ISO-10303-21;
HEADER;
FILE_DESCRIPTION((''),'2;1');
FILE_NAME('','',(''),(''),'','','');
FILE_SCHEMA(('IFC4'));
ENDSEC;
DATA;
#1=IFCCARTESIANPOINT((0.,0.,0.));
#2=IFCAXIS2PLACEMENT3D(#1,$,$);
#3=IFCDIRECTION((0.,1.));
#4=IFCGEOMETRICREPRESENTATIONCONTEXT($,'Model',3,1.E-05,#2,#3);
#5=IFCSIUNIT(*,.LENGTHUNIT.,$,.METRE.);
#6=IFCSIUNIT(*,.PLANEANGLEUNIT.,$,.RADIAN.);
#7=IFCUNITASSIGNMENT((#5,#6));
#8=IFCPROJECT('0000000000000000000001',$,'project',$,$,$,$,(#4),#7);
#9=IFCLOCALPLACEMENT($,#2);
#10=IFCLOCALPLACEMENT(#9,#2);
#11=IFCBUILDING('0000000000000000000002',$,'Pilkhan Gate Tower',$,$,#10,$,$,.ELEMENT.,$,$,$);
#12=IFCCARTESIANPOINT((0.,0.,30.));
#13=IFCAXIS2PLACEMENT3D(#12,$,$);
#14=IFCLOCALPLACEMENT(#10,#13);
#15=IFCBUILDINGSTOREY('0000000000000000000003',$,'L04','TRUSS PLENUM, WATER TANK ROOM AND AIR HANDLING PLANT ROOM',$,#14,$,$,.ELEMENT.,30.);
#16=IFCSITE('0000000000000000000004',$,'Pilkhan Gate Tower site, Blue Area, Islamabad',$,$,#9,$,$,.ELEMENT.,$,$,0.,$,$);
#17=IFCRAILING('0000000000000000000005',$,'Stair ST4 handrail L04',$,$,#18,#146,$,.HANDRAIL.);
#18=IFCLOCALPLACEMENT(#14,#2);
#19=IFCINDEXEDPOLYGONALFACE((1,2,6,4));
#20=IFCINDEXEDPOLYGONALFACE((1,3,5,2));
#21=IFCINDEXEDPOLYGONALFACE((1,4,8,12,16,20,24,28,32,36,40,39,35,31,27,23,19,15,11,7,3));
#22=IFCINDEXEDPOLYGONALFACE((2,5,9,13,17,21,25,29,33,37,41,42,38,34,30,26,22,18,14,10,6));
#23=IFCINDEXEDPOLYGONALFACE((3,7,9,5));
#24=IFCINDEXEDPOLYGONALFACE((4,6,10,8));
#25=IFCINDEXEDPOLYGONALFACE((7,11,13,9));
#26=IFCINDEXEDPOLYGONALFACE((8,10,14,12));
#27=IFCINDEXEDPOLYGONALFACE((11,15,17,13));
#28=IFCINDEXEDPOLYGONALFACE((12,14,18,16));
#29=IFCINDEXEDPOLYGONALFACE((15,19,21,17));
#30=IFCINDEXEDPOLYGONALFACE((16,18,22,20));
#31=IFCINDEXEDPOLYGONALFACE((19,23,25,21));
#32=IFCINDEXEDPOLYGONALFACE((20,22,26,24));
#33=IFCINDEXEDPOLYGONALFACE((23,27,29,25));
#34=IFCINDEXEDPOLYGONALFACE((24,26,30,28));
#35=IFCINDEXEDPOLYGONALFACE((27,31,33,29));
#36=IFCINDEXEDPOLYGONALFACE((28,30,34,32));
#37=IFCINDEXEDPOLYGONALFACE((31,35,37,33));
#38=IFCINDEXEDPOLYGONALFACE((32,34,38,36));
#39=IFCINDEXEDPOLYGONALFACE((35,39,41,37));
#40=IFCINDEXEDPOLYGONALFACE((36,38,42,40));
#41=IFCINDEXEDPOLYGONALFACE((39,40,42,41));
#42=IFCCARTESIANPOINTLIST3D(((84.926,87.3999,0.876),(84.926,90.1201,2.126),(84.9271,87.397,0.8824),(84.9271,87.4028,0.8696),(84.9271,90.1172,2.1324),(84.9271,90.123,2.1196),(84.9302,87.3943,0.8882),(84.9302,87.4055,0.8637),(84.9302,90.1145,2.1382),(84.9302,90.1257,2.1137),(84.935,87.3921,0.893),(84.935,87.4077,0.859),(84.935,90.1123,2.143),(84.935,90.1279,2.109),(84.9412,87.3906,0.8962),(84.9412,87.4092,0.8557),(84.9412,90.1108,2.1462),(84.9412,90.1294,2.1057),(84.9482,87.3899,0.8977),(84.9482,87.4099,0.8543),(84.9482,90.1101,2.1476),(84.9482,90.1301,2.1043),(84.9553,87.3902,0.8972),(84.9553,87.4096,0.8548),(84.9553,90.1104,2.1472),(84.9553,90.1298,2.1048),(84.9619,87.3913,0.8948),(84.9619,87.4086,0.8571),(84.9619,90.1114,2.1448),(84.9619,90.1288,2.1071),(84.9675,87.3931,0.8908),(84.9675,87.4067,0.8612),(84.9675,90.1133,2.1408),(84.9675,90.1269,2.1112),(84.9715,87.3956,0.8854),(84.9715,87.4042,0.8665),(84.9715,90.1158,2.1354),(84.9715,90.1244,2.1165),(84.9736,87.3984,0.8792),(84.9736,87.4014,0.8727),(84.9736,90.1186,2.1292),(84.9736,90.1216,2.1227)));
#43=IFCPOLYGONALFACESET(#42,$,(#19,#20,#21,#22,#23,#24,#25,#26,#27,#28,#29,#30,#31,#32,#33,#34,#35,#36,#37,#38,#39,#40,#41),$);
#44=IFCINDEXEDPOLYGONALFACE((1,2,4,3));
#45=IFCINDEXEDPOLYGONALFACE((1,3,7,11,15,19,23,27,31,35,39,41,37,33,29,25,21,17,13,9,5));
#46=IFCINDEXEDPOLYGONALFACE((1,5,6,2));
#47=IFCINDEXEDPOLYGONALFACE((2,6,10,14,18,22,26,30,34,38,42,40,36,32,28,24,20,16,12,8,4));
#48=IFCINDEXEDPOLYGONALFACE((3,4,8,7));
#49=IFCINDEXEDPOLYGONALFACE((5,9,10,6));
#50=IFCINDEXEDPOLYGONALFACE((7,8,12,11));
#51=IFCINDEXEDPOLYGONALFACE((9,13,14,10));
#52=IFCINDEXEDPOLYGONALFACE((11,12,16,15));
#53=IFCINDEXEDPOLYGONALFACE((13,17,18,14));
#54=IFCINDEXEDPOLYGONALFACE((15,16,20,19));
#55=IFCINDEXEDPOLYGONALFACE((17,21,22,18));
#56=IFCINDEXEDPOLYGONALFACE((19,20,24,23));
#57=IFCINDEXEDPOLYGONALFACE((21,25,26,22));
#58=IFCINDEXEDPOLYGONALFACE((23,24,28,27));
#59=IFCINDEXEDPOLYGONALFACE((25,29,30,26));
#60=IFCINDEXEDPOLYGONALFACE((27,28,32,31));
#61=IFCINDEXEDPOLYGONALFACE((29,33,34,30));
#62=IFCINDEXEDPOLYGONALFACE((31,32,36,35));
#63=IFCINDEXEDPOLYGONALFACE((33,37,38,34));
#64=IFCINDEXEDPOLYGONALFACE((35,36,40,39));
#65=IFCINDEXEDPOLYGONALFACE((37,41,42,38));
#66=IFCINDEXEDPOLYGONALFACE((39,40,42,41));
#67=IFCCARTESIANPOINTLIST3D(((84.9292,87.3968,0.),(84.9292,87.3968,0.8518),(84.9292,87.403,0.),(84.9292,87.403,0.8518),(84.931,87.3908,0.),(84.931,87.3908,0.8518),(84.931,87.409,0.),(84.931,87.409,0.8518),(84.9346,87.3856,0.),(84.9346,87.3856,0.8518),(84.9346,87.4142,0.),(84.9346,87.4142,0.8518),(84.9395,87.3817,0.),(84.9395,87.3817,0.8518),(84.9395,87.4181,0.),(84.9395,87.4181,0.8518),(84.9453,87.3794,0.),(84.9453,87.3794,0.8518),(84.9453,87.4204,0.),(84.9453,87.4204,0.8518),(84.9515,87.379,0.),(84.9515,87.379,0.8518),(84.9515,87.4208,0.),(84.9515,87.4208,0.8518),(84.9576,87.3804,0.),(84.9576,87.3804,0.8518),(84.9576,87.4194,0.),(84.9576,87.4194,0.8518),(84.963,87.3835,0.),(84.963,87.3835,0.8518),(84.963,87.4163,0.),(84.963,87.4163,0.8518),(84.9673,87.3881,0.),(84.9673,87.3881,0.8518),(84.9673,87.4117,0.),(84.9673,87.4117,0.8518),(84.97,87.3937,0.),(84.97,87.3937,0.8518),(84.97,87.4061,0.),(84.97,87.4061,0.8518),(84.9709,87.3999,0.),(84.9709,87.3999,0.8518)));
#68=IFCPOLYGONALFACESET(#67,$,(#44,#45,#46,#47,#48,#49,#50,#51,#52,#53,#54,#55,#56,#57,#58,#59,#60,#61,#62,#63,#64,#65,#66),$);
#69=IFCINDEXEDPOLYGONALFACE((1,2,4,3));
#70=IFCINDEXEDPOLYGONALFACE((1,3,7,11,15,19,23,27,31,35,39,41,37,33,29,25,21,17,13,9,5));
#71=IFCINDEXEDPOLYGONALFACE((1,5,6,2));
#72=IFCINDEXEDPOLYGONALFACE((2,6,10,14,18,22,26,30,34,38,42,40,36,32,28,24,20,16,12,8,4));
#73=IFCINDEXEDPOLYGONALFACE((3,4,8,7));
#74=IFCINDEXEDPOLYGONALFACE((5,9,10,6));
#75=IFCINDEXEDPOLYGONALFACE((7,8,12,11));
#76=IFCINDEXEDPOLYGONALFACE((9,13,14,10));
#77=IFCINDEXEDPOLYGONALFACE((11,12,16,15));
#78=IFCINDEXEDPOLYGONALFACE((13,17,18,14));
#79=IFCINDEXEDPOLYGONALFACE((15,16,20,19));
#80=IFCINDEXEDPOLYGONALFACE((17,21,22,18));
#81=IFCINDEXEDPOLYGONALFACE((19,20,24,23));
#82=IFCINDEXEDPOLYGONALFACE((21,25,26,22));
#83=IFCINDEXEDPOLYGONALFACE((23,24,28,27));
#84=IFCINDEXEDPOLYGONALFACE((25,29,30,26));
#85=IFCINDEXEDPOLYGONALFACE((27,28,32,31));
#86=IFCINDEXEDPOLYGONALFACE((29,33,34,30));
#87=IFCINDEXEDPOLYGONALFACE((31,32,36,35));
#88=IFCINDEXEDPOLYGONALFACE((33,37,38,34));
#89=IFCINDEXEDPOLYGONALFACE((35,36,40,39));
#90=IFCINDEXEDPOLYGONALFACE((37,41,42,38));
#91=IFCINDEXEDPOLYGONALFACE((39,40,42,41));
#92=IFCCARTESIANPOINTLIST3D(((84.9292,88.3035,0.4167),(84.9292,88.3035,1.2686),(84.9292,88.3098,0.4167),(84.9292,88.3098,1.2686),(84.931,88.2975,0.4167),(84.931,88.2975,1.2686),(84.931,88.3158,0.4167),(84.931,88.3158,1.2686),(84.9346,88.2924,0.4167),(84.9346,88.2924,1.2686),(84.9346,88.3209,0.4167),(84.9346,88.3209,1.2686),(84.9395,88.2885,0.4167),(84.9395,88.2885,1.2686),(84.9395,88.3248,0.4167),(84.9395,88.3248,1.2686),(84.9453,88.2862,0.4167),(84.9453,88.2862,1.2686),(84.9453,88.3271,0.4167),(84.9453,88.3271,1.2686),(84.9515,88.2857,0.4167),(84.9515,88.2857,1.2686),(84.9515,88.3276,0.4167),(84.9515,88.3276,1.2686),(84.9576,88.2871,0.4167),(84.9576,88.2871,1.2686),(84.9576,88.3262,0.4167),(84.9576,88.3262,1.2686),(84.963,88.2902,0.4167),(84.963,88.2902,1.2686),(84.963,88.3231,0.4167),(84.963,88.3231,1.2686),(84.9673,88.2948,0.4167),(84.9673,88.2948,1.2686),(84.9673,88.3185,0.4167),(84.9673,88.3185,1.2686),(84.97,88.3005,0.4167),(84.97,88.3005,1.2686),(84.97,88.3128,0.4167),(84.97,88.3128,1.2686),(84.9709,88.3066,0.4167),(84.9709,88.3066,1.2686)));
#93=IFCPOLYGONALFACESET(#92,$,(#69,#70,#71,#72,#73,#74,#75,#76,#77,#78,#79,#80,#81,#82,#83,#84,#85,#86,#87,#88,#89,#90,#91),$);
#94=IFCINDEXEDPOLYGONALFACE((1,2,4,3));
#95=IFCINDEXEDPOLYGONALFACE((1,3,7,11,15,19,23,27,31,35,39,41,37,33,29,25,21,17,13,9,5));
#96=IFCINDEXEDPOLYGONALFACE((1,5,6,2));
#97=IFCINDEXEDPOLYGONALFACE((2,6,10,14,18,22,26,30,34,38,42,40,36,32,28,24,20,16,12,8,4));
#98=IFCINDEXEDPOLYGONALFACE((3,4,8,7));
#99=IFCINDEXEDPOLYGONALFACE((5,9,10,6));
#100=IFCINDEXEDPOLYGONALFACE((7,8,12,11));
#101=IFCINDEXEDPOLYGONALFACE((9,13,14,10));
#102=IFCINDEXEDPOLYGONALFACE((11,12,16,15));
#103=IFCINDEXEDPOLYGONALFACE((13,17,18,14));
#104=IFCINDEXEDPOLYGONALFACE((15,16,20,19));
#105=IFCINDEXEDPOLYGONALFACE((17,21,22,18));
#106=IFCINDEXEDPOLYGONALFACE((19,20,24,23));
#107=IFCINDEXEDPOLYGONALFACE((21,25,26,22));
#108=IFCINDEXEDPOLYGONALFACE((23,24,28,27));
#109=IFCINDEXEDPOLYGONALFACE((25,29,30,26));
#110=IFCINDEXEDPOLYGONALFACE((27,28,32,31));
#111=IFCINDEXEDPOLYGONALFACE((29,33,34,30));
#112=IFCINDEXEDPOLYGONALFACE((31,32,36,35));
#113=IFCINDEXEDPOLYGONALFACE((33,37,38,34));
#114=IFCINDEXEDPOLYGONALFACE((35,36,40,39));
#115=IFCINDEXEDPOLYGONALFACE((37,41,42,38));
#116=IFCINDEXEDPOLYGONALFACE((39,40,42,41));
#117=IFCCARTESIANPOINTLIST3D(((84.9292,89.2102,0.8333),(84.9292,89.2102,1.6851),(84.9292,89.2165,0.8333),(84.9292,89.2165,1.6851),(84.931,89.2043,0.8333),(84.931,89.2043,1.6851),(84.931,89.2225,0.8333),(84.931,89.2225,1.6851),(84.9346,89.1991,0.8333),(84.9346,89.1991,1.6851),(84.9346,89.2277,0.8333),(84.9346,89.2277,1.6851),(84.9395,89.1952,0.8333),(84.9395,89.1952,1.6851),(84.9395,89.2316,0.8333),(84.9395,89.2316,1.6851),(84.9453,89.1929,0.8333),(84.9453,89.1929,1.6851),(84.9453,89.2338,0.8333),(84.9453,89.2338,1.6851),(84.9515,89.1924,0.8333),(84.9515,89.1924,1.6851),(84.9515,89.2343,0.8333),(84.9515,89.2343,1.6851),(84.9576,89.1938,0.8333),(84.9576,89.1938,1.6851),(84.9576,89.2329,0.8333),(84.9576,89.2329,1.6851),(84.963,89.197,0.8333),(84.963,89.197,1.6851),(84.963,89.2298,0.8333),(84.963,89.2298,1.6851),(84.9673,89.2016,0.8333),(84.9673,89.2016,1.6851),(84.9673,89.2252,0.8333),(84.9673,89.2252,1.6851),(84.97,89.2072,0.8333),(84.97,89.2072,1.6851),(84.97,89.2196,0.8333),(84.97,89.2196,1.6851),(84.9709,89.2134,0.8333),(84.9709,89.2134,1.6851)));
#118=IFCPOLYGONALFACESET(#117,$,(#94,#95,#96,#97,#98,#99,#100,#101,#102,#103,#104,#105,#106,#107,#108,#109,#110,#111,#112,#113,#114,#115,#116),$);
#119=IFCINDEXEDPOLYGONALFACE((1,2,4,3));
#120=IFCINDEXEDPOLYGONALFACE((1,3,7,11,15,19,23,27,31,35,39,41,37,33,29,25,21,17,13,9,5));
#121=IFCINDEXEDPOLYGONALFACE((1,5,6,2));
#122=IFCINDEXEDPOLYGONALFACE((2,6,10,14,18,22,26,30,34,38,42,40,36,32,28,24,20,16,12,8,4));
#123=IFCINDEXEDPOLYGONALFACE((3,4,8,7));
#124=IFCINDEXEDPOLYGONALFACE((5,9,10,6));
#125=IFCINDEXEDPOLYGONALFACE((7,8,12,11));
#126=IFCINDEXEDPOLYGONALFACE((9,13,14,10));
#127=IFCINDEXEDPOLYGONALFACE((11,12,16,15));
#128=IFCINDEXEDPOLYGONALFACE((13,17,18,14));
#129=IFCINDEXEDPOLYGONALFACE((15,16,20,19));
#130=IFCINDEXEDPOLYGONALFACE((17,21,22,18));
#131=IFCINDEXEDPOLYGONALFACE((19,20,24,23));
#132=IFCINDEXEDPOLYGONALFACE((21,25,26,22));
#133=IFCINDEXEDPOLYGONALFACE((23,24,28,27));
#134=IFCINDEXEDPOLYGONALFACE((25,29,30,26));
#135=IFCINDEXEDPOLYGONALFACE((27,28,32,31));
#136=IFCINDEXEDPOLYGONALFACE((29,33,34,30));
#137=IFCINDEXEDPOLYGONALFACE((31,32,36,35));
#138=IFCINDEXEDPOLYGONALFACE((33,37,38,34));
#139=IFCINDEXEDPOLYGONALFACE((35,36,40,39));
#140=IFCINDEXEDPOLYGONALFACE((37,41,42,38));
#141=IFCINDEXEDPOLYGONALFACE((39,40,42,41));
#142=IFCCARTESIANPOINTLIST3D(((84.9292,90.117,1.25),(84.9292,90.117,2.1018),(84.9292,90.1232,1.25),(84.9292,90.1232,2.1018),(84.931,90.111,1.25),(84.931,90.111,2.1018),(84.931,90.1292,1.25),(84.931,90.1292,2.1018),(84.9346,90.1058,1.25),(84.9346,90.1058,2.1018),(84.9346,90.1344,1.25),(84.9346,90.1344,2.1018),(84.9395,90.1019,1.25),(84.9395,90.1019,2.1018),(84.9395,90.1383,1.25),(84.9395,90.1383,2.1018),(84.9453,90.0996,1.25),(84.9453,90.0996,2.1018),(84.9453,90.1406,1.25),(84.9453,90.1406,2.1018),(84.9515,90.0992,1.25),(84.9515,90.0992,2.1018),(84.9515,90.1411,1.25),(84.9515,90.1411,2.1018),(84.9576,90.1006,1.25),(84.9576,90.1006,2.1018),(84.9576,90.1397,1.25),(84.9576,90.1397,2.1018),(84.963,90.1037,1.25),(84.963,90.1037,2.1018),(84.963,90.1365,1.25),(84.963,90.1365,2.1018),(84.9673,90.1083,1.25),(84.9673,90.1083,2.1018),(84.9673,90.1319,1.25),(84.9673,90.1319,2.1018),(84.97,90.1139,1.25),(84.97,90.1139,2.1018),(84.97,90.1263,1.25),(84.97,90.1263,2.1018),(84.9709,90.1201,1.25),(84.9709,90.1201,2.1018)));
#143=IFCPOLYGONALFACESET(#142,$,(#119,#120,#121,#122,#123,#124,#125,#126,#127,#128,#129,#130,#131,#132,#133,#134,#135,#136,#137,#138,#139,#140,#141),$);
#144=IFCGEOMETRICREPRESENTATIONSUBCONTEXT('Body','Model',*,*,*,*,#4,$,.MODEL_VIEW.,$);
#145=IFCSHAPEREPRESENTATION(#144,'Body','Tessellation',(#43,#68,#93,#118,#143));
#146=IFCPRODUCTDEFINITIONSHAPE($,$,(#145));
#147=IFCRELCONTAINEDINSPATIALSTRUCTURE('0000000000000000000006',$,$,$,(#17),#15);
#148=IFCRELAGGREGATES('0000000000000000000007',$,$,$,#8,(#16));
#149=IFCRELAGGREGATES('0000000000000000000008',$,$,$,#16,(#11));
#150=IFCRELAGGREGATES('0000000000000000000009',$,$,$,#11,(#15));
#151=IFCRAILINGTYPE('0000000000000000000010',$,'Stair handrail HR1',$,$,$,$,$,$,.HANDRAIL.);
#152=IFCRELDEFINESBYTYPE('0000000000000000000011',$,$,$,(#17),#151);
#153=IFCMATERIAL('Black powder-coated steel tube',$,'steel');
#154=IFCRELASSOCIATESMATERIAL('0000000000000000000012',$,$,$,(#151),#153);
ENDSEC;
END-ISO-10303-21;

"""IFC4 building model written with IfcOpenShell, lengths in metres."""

from ifc_helpers import new_model, si_unit, direction, frame, origin, origin_2d, place, context, subcontext, project, spatial, circle, extrude, material, type_object, element, save


model = new_model("IFC4")

# Units and contexts
model_context = context("Model", 3, precision=1e-05, world=origin(), true_north=direction((0.0, 1.0)))
body_context = subcontext(model_context, "Body", "Model", "MODEL_VIEW")
ifc_project = project(units=[si_unit("LENGTHUNIT", "METRE"), si_unit("PLANEANGLEUNIT", "RADIAN")], contexts=[model_context])

# Site, building, storey
site_placement = place(None, origin())
site = spatial("IfcSite", under=ifc_project, at=site_placement, Name="Pilkhan Gate Tower site, Blue Area, Islamabad", CompositionType="ELEMENT", RefElevation=0.0)
building_placement = place(site_placement, origin())
building = spatial("IfcBuilding", under=site, at=building_placement, Name="Pilkhan Gate Tower", CompositionType="ELEMENT")
storey_placement = place(building_placement, frame((0.0, 0.0, 30.0)))
storey = spatial("IfcBuildingStorey", under=building, at=storey_placement, Name="L04", Description="TRUSS PLENUM, WATER TANK ROOM AND AIR HANDLING PLANT ROOM", CompositionType="ELEMENT", Elevation=30.0)

# Railing
ifc_material_1 = material(Name="Black powder-coated steel tube", Category="steel")
railing_type_1 = type_object("IfcRailingType", Name="Stair handrail HR1", PredefinedType="HANDRAIL", material=ifc_material_1)
railing_1_placement = place(storey_placement, frame((84.95, 87.3999, 0.0)))
element("IfcRailing", 1, at=railing_1_placement, inside=storey, type_object=railing_type_1, Name="Stair ST4 handrail L04", PredefinedType="HANDRAIL", context=body_context, shape_type="SweptSolid", body=[
    extrude(circle(Radius=0.0239, at=origin_2d()), frame((0.0, 0.0, 0.876), z_axis=(0.0, 0.908655, 0.417547), x_axis=(-1.0, 0.0, 0.0)), (0.0, 0.0, 1.0), 2.9937),
    extrude(circle(Radius=0.021, at=origin_2d()), origin(), (0.0, 0.0, 1.0), 0.8518),
    extrude(circle(Radius=0.021, at=origin_2d()), frame((0.0, 0.9067, 0.4167)), (0.0, 0.0, 1.0), 0.8518),
    extrude(circle(Radius=0.021, at=origin_2d()), frame((0.0, 1.8135, 0.8333)), (0.0, 0.0, 1.0), 0.8518),
    extrude(circle(Radius=0.021, at=origin_2d()), frame((0.0, 2.7202, 1.25)), (0.0, 0.0, 1.0), 0.8518),
])

save(model, "model.ifc")
